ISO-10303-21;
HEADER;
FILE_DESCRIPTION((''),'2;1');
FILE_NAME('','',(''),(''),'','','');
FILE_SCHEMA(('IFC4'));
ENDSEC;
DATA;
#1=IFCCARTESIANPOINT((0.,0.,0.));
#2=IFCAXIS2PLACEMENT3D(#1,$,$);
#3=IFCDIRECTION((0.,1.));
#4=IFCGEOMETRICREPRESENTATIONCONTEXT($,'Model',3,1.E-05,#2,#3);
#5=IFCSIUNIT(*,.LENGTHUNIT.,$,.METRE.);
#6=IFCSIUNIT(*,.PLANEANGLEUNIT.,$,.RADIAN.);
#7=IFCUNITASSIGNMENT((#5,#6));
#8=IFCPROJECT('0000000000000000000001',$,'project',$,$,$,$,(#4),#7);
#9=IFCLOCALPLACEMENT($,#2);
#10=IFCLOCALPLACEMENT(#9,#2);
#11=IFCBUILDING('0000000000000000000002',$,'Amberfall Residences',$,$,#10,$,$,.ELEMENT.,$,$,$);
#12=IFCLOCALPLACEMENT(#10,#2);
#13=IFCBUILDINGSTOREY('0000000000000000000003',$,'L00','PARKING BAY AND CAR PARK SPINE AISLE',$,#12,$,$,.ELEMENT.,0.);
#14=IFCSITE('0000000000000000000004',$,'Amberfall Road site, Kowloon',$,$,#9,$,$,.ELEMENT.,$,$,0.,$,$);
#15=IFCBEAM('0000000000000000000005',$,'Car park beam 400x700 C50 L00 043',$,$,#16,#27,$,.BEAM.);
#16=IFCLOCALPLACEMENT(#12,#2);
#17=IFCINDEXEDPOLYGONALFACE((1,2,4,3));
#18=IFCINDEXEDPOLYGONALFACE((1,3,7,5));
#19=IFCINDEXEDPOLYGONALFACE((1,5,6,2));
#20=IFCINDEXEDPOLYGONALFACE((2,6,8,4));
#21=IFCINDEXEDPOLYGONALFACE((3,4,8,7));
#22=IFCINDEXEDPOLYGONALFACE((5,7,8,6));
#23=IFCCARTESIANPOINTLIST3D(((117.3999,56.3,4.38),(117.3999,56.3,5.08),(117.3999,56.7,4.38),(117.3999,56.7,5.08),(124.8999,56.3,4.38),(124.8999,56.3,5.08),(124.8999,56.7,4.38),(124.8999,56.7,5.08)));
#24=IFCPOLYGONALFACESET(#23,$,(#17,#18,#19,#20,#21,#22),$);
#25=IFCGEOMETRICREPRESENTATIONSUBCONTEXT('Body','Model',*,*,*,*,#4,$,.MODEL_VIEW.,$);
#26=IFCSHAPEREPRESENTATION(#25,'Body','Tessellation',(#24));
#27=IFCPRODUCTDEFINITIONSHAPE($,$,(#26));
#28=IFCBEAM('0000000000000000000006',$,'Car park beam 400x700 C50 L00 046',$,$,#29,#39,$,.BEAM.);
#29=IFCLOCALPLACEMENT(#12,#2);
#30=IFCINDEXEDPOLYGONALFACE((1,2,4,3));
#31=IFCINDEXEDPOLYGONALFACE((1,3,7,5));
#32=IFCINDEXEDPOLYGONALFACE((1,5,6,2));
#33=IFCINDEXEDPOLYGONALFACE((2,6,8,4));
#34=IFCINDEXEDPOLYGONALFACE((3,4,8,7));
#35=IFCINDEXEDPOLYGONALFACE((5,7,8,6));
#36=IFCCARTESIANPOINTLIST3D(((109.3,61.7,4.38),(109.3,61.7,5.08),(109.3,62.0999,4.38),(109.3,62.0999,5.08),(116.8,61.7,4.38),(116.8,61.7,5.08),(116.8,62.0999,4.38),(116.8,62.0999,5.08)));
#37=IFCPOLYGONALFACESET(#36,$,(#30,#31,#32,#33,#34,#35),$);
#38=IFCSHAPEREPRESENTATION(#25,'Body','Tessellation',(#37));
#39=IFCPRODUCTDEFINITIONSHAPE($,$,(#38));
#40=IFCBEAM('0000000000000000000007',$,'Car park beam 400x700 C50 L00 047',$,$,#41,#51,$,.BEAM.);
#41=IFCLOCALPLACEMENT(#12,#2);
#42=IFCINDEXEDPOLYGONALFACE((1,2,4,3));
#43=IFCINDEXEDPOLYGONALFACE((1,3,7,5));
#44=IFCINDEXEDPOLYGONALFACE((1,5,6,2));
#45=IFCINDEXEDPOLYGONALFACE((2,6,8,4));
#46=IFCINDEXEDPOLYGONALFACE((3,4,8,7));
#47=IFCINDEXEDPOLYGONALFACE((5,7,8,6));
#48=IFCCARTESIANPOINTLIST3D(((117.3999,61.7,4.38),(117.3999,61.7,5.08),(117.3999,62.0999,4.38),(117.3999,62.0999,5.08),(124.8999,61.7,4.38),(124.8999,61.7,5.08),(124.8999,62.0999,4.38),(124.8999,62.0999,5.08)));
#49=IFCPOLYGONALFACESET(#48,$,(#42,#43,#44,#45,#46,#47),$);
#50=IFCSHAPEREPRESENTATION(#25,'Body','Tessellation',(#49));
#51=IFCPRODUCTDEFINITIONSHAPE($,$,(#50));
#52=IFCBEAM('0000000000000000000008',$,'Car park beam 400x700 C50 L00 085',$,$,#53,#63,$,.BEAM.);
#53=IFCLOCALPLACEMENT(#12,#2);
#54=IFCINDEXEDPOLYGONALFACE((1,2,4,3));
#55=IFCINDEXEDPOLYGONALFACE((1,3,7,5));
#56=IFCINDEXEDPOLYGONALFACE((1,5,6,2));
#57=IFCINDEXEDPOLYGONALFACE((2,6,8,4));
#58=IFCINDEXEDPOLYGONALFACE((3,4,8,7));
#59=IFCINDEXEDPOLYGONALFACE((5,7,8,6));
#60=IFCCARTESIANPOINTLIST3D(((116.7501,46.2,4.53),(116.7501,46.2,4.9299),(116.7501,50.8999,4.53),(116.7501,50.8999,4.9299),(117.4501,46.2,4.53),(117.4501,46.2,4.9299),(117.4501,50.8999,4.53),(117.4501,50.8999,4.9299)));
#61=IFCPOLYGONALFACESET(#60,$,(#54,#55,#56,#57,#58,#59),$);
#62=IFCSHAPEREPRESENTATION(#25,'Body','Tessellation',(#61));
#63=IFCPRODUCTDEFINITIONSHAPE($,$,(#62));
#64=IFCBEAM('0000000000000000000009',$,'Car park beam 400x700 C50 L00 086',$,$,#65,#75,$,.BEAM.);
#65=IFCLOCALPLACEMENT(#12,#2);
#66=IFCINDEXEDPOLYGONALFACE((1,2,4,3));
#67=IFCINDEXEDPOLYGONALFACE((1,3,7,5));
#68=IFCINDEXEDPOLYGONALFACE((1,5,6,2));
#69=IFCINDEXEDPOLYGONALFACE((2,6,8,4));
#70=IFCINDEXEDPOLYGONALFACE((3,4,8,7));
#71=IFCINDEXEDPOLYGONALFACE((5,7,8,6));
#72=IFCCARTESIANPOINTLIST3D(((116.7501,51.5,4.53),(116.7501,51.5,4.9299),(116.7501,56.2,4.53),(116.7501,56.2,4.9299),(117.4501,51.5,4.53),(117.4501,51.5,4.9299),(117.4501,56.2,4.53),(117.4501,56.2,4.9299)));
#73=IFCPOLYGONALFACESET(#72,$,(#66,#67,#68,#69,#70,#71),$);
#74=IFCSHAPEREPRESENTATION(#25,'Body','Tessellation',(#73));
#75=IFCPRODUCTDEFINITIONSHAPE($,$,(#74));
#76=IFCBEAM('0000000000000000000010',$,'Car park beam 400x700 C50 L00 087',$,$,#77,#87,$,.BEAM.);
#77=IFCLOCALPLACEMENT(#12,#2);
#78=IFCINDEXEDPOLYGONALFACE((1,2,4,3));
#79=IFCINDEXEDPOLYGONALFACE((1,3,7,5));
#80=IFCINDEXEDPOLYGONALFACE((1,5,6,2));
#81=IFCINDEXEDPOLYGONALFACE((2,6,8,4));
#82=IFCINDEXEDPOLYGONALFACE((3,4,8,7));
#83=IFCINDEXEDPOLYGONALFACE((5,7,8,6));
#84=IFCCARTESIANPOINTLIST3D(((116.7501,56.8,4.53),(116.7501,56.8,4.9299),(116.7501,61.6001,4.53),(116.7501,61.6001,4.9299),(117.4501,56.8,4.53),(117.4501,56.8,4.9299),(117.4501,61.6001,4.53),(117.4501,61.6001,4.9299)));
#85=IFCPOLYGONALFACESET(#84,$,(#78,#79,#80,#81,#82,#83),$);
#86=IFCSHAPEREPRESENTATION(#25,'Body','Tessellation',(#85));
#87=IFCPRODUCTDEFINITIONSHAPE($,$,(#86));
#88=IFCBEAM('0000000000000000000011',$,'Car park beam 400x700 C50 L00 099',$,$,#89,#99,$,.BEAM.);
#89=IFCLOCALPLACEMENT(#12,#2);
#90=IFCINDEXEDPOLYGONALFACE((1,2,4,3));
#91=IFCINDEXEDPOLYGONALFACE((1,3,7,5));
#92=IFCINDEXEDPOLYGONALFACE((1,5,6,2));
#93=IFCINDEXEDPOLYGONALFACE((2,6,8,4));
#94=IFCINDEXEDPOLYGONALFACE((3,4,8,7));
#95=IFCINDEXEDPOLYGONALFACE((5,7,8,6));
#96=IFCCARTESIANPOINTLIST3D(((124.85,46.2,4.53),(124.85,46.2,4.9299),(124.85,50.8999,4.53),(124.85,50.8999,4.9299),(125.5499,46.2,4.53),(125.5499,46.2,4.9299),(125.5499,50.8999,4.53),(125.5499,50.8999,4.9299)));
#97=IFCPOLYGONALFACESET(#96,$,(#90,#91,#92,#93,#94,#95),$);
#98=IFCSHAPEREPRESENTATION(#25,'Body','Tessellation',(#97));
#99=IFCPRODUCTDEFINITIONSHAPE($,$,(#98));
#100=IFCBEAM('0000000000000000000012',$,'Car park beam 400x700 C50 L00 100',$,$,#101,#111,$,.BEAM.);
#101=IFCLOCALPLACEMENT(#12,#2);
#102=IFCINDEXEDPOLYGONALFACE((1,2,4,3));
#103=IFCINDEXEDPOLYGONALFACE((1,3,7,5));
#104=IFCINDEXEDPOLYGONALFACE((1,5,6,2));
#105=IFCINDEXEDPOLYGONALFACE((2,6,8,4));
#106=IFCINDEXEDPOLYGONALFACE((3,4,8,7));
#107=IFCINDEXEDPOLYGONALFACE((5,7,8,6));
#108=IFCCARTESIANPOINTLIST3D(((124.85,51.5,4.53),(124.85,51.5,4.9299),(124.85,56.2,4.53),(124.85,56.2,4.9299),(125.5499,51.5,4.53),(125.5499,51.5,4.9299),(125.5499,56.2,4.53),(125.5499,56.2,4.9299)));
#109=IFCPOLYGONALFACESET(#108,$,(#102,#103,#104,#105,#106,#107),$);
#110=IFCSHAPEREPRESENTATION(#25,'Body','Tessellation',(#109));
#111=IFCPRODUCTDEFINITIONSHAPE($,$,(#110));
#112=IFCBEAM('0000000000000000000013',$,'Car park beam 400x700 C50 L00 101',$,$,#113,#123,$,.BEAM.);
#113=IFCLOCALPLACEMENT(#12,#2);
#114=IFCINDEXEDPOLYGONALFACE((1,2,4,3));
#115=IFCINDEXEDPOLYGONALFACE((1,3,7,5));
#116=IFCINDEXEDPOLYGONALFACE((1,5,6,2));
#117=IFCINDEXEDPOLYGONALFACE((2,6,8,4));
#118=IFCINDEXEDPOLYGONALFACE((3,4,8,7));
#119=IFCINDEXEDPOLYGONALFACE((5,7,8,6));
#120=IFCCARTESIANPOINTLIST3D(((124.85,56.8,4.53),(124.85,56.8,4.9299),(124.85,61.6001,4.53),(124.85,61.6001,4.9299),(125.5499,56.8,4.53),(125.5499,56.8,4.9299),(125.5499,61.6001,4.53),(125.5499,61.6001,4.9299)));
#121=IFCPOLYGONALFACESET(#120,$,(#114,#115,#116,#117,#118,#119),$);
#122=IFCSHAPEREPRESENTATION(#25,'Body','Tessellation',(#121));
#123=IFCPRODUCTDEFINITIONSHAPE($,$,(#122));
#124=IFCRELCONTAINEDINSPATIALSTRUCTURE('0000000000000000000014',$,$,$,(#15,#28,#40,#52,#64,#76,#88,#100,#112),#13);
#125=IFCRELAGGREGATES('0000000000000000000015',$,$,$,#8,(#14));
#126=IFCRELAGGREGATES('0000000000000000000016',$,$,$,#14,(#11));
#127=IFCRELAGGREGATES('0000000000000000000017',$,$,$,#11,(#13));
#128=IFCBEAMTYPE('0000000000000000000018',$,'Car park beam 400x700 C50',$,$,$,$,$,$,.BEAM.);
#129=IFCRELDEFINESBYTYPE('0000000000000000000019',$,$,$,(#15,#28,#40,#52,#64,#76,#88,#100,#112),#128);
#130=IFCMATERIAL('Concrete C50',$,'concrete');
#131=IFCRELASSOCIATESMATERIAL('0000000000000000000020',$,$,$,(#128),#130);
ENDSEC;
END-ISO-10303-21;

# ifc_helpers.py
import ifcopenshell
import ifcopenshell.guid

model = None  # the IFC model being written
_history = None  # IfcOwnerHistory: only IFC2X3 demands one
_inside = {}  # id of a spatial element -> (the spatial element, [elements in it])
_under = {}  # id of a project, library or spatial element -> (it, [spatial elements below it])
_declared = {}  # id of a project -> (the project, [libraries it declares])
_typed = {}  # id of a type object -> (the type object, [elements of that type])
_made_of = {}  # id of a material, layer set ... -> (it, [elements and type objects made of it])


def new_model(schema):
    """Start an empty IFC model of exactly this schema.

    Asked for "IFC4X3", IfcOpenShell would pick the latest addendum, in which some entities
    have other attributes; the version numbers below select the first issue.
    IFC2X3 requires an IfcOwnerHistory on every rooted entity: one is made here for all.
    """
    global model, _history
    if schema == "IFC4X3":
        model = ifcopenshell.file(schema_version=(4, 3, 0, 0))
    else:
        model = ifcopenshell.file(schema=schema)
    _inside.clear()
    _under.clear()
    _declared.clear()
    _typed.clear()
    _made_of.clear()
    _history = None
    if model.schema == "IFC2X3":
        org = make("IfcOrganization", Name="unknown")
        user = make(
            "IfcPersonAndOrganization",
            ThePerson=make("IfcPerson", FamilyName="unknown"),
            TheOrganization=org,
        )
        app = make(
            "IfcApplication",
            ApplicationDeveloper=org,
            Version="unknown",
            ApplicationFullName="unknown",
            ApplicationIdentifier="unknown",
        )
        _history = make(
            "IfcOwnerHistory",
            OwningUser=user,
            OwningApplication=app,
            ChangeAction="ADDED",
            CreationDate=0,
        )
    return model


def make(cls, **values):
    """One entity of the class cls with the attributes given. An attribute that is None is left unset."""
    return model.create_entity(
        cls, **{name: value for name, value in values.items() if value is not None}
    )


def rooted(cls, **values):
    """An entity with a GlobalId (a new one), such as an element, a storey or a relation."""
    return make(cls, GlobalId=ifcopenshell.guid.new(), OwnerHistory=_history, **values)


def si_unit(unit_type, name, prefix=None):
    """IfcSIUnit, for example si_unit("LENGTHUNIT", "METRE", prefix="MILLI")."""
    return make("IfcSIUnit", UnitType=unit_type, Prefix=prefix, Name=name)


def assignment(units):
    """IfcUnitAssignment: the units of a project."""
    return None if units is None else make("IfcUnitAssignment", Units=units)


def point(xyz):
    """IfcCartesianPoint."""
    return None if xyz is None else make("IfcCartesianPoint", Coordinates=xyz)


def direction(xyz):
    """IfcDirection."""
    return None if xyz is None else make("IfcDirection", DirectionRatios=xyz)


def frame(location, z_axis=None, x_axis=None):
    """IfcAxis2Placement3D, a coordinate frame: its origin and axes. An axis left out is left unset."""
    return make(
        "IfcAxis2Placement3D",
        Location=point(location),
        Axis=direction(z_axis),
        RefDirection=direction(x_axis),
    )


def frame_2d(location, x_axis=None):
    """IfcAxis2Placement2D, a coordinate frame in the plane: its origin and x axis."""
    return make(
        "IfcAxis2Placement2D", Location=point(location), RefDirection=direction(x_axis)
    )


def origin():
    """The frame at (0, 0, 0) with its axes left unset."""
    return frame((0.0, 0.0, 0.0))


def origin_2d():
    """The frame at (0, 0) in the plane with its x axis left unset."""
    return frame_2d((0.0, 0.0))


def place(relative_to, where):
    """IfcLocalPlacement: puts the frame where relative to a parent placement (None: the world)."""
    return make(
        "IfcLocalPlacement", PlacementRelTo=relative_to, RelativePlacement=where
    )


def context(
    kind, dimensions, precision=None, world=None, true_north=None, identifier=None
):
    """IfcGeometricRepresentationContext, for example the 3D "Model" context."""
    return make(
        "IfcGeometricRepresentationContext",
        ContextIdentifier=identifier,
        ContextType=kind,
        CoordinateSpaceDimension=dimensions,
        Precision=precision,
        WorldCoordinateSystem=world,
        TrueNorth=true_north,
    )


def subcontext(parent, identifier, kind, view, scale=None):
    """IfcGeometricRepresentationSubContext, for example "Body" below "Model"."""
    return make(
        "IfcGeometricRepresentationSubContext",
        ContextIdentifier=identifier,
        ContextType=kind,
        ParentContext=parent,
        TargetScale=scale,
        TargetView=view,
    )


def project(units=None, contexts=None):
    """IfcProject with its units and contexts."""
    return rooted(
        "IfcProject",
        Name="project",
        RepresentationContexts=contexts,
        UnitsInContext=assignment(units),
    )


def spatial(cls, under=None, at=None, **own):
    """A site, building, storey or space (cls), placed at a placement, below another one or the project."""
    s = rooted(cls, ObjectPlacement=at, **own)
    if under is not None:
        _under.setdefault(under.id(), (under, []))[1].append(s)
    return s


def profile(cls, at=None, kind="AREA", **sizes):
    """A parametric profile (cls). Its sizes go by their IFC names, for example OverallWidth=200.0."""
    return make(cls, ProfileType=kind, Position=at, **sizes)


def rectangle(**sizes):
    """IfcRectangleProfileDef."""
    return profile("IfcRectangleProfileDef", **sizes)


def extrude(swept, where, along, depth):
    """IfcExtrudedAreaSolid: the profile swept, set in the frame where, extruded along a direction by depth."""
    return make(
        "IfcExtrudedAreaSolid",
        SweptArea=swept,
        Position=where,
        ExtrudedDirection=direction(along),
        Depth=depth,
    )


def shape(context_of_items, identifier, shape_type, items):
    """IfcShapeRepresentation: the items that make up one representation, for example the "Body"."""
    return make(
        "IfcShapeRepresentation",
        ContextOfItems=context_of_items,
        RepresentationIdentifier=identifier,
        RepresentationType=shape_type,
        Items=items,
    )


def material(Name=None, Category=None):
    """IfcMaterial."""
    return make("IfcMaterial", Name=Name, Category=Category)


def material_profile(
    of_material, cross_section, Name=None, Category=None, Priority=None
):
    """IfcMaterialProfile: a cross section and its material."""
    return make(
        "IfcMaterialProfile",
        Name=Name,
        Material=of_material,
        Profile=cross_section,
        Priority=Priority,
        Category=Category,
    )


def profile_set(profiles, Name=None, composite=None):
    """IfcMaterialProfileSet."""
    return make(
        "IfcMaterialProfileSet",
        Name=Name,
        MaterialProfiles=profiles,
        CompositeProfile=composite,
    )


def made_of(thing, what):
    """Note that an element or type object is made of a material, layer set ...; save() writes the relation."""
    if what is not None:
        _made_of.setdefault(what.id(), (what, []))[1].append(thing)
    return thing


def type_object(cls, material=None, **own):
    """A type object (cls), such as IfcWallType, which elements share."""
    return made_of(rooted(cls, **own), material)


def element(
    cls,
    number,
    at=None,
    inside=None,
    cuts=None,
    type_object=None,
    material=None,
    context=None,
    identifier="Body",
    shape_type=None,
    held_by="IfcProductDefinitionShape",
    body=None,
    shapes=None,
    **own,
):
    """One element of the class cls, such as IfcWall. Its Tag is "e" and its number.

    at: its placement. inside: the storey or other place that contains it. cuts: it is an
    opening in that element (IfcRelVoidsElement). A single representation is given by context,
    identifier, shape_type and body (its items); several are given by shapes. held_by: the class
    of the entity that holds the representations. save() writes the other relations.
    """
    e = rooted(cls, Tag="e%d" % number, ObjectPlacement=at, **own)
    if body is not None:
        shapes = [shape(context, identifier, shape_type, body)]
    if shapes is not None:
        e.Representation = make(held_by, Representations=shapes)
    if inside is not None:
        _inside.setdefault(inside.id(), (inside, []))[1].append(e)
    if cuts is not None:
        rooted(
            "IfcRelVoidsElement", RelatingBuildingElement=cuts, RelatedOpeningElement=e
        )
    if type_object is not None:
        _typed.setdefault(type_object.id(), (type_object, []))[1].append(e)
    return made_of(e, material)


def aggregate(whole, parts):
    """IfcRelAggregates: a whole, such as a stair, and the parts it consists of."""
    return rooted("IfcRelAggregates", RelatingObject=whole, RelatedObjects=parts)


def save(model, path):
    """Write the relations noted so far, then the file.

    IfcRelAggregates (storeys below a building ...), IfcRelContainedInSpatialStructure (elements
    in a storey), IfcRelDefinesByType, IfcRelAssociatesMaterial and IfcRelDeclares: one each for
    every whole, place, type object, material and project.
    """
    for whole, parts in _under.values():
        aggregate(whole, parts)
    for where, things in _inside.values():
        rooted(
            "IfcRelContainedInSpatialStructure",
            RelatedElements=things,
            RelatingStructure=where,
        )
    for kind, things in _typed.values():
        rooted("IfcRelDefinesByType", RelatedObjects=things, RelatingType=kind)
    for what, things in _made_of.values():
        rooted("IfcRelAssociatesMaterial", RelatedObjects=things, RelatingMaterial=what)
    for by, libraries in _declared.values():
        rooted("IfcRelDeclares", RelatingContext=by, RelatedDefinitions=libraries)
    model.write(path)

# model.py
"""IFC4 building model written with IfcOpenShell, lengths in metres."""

from ifc_helpers import new_model, si_unit, direction, frame, origin, origin_2d, place, context, subcontext, project, spatial, rectangle, extrude, material, material_profile, profile_set, type_object, element, save


model = new_model("IFC4")

# Units and contexts
model_context = context("Model", 3, precision=1e-05, world=origin(), true_north=direction((0.0, 1.0)))
body_context = subcontext(model_context, "Body", "Model", "MODEL_VIEW")
ifc_project = project(units=[si_unit("LENGTHUNIT", "METRE"), si_unit("PLANEANGLEUNIT", "RADIAN")], contexts=[model_context])

# Site, building, storey
site_placement = place(None, origin())
site = spatial("IfcSite", under=ifc_project, at=site_placement, Name="Amberfall Road site, Kowloon", CompositionType="ELEMENT", RefElevation=0.0)
building_placement = place(site_placement, origin())
building = spatial("IfcBuilding", under=site, at=building_placement, Name="Amberfall Residences", CompositionType="ELEMENT")
storey_placement = place(building_placement, origin())
storey = spatial("IfcBuildingStorey", under=building, at=storey_placement, Name="L00", Description="PARKING BAY AND CAR PARK SPINE AISLE", CompositionType="ELEMENT", Elevation=0.0)

# Shared definitions
ifc_material_1 = material(Name="Concrete C50", Category="concrete")

# Beams
ifc_material_profile_1 = material_profile(ifc_material_1, rectangle(XDim=0.3999, YDim=0.7, at=origin_2d()), Name="RC 400x700")
ifc_profile_set_1 = profile_set([ifc_material_profile_1], Name="Concrete C50")
beam_type = type_object("IfcBeamType", Name="Car park beam 400x700 C50", PredefinedType="BEAM", material=ifc_profile_set_1)
for number, where, z_axis, x_axis, name in (
    (1, (117.3999, 56.5, 4.73), (1.0, 0.0, 0.0), (0.0, 1.0, 0.0), "Car park beam 400x700 C50 L00 043"),
    (2, (109.3, 61.8999, 4.73), (1.0, 0.0, 0.0), (0.0, 1.0, 0.0), "Car park beam 400x700 C50 L00 046"),
    (3, (117.3999, 61.8999, 4.73), (1.0, 0.0, 0.0), (0.0, 1.0, 0.0), "Car park beam 400x700 C50 L00 047"),
):
    element("IfcBeam", number, at=place(storey_placement, frame(where, z_axis=z_axis, x_axis=x_axis)), inside=storey, type_object=beam_type, Name=name, PredefinedType="BEAM", context=body_context, shape_type="SweptSolid", body=[
        extrude(rectangle(XDim=0.3999, YDim=0.7, at=origin_2d()), origin(), (0.0, 0.0, 1.0), 7.5),
    ])
for number, where, z_axis, x_axis, name in (
    (4, (117.1001, 46.2, 4.73), (0.0, 1.0, 0.0), (0.0, 0.0, 1.0), "Car park beam 400x700 C50 L00 085"),
    (5, (117.1001, 51.5, 4.73), (0.0, 1.0, 0.0), (0.0, 0.0, 1.0), "Car park beam 400x700 C50 L00 086"),
):
    element("IfcBeam", number, at=place(storey_placement, frame(where, z_axis=z_axis, x_axis=x_axis)), inside=storey, type_object=beam_type, Name=name, PredefinedType="BEAM", context=body_context, shape_type="SweptSolid", body=[
        extrude(rectangle(XDim=0.3999, YDim=0.7, at=origin_2d()), origin(), (0.0, 0.0, 1.0), 4.7),
    ])
beam_1_placement = place(storey_placement, frame((117.1001, 56.8, 4.73), z_axis=(0.0, 1.0, 0.0), x_axis=(0.0, 0.0, 1.0)))
element("IfcBeam", 6, at=beam_1_placement, inside=storey, type_object=beam_type, Name="Car park beam 400x700 C50 L00 087", PredefinedType="BEAM", context=body_context, shape_type="SweptSolid", body=[
    extrude(rectangle(XDim=0.3999, YDim=0.7, at=origin_2d()), origin(), (0.0, 0.0, 1.0), 4.8),
])
for number, where, z_axis, x_axis, name in (
    (7, (125.2, 46.2, 4.73), (0.0, 1.0, 0.0), (0.0, 0.0, 1.0), "Car park beam 400x700 C50 L00 099"),
    (8, (125.2, 51.5, 4.73), (0.0, 1.0, 0.0), (0.0, 0.0, 1.0), "Car park beam 400x700 C50 L00 100"),
):
    element("IfcBeam", number, at=place(storey_placement, frame(where, z_axis=z_axis, x_axis=x_axis)), inside=storey, type_object=beam_type, Name=name, PredefinedType="BEAM", context=body_context, shape_type="SweptSolid", body=[
        extrude(rectangle(XDim=0.3999, YDim=0.7, at=origin_2d()), origin(), (0.0, 0.0, 1.0), 4.7),
    ])
beam_2_placement = place(storey_placement, frame((125.2, 56.8, 4.73), z_axis=(0.0, 1.0, 0.0), x_axis=(0.0, 0.0, 1.0)))
element("IfcBeam", 9, at=beam_2_placement, inside=storey, type_object=beam_type, Name="Car park beam 400x700 C50 L00 101", PredefinedType="BEAM", context=body_context, shape_type="SweptSolid", body=[
    extrude(rectangle(XDim=0.3999, YDim=0.7, at=origin_2d()), origin(), (0.0, 0.0, 1.0), 4.8),
])

save(model, "model.ifc")
